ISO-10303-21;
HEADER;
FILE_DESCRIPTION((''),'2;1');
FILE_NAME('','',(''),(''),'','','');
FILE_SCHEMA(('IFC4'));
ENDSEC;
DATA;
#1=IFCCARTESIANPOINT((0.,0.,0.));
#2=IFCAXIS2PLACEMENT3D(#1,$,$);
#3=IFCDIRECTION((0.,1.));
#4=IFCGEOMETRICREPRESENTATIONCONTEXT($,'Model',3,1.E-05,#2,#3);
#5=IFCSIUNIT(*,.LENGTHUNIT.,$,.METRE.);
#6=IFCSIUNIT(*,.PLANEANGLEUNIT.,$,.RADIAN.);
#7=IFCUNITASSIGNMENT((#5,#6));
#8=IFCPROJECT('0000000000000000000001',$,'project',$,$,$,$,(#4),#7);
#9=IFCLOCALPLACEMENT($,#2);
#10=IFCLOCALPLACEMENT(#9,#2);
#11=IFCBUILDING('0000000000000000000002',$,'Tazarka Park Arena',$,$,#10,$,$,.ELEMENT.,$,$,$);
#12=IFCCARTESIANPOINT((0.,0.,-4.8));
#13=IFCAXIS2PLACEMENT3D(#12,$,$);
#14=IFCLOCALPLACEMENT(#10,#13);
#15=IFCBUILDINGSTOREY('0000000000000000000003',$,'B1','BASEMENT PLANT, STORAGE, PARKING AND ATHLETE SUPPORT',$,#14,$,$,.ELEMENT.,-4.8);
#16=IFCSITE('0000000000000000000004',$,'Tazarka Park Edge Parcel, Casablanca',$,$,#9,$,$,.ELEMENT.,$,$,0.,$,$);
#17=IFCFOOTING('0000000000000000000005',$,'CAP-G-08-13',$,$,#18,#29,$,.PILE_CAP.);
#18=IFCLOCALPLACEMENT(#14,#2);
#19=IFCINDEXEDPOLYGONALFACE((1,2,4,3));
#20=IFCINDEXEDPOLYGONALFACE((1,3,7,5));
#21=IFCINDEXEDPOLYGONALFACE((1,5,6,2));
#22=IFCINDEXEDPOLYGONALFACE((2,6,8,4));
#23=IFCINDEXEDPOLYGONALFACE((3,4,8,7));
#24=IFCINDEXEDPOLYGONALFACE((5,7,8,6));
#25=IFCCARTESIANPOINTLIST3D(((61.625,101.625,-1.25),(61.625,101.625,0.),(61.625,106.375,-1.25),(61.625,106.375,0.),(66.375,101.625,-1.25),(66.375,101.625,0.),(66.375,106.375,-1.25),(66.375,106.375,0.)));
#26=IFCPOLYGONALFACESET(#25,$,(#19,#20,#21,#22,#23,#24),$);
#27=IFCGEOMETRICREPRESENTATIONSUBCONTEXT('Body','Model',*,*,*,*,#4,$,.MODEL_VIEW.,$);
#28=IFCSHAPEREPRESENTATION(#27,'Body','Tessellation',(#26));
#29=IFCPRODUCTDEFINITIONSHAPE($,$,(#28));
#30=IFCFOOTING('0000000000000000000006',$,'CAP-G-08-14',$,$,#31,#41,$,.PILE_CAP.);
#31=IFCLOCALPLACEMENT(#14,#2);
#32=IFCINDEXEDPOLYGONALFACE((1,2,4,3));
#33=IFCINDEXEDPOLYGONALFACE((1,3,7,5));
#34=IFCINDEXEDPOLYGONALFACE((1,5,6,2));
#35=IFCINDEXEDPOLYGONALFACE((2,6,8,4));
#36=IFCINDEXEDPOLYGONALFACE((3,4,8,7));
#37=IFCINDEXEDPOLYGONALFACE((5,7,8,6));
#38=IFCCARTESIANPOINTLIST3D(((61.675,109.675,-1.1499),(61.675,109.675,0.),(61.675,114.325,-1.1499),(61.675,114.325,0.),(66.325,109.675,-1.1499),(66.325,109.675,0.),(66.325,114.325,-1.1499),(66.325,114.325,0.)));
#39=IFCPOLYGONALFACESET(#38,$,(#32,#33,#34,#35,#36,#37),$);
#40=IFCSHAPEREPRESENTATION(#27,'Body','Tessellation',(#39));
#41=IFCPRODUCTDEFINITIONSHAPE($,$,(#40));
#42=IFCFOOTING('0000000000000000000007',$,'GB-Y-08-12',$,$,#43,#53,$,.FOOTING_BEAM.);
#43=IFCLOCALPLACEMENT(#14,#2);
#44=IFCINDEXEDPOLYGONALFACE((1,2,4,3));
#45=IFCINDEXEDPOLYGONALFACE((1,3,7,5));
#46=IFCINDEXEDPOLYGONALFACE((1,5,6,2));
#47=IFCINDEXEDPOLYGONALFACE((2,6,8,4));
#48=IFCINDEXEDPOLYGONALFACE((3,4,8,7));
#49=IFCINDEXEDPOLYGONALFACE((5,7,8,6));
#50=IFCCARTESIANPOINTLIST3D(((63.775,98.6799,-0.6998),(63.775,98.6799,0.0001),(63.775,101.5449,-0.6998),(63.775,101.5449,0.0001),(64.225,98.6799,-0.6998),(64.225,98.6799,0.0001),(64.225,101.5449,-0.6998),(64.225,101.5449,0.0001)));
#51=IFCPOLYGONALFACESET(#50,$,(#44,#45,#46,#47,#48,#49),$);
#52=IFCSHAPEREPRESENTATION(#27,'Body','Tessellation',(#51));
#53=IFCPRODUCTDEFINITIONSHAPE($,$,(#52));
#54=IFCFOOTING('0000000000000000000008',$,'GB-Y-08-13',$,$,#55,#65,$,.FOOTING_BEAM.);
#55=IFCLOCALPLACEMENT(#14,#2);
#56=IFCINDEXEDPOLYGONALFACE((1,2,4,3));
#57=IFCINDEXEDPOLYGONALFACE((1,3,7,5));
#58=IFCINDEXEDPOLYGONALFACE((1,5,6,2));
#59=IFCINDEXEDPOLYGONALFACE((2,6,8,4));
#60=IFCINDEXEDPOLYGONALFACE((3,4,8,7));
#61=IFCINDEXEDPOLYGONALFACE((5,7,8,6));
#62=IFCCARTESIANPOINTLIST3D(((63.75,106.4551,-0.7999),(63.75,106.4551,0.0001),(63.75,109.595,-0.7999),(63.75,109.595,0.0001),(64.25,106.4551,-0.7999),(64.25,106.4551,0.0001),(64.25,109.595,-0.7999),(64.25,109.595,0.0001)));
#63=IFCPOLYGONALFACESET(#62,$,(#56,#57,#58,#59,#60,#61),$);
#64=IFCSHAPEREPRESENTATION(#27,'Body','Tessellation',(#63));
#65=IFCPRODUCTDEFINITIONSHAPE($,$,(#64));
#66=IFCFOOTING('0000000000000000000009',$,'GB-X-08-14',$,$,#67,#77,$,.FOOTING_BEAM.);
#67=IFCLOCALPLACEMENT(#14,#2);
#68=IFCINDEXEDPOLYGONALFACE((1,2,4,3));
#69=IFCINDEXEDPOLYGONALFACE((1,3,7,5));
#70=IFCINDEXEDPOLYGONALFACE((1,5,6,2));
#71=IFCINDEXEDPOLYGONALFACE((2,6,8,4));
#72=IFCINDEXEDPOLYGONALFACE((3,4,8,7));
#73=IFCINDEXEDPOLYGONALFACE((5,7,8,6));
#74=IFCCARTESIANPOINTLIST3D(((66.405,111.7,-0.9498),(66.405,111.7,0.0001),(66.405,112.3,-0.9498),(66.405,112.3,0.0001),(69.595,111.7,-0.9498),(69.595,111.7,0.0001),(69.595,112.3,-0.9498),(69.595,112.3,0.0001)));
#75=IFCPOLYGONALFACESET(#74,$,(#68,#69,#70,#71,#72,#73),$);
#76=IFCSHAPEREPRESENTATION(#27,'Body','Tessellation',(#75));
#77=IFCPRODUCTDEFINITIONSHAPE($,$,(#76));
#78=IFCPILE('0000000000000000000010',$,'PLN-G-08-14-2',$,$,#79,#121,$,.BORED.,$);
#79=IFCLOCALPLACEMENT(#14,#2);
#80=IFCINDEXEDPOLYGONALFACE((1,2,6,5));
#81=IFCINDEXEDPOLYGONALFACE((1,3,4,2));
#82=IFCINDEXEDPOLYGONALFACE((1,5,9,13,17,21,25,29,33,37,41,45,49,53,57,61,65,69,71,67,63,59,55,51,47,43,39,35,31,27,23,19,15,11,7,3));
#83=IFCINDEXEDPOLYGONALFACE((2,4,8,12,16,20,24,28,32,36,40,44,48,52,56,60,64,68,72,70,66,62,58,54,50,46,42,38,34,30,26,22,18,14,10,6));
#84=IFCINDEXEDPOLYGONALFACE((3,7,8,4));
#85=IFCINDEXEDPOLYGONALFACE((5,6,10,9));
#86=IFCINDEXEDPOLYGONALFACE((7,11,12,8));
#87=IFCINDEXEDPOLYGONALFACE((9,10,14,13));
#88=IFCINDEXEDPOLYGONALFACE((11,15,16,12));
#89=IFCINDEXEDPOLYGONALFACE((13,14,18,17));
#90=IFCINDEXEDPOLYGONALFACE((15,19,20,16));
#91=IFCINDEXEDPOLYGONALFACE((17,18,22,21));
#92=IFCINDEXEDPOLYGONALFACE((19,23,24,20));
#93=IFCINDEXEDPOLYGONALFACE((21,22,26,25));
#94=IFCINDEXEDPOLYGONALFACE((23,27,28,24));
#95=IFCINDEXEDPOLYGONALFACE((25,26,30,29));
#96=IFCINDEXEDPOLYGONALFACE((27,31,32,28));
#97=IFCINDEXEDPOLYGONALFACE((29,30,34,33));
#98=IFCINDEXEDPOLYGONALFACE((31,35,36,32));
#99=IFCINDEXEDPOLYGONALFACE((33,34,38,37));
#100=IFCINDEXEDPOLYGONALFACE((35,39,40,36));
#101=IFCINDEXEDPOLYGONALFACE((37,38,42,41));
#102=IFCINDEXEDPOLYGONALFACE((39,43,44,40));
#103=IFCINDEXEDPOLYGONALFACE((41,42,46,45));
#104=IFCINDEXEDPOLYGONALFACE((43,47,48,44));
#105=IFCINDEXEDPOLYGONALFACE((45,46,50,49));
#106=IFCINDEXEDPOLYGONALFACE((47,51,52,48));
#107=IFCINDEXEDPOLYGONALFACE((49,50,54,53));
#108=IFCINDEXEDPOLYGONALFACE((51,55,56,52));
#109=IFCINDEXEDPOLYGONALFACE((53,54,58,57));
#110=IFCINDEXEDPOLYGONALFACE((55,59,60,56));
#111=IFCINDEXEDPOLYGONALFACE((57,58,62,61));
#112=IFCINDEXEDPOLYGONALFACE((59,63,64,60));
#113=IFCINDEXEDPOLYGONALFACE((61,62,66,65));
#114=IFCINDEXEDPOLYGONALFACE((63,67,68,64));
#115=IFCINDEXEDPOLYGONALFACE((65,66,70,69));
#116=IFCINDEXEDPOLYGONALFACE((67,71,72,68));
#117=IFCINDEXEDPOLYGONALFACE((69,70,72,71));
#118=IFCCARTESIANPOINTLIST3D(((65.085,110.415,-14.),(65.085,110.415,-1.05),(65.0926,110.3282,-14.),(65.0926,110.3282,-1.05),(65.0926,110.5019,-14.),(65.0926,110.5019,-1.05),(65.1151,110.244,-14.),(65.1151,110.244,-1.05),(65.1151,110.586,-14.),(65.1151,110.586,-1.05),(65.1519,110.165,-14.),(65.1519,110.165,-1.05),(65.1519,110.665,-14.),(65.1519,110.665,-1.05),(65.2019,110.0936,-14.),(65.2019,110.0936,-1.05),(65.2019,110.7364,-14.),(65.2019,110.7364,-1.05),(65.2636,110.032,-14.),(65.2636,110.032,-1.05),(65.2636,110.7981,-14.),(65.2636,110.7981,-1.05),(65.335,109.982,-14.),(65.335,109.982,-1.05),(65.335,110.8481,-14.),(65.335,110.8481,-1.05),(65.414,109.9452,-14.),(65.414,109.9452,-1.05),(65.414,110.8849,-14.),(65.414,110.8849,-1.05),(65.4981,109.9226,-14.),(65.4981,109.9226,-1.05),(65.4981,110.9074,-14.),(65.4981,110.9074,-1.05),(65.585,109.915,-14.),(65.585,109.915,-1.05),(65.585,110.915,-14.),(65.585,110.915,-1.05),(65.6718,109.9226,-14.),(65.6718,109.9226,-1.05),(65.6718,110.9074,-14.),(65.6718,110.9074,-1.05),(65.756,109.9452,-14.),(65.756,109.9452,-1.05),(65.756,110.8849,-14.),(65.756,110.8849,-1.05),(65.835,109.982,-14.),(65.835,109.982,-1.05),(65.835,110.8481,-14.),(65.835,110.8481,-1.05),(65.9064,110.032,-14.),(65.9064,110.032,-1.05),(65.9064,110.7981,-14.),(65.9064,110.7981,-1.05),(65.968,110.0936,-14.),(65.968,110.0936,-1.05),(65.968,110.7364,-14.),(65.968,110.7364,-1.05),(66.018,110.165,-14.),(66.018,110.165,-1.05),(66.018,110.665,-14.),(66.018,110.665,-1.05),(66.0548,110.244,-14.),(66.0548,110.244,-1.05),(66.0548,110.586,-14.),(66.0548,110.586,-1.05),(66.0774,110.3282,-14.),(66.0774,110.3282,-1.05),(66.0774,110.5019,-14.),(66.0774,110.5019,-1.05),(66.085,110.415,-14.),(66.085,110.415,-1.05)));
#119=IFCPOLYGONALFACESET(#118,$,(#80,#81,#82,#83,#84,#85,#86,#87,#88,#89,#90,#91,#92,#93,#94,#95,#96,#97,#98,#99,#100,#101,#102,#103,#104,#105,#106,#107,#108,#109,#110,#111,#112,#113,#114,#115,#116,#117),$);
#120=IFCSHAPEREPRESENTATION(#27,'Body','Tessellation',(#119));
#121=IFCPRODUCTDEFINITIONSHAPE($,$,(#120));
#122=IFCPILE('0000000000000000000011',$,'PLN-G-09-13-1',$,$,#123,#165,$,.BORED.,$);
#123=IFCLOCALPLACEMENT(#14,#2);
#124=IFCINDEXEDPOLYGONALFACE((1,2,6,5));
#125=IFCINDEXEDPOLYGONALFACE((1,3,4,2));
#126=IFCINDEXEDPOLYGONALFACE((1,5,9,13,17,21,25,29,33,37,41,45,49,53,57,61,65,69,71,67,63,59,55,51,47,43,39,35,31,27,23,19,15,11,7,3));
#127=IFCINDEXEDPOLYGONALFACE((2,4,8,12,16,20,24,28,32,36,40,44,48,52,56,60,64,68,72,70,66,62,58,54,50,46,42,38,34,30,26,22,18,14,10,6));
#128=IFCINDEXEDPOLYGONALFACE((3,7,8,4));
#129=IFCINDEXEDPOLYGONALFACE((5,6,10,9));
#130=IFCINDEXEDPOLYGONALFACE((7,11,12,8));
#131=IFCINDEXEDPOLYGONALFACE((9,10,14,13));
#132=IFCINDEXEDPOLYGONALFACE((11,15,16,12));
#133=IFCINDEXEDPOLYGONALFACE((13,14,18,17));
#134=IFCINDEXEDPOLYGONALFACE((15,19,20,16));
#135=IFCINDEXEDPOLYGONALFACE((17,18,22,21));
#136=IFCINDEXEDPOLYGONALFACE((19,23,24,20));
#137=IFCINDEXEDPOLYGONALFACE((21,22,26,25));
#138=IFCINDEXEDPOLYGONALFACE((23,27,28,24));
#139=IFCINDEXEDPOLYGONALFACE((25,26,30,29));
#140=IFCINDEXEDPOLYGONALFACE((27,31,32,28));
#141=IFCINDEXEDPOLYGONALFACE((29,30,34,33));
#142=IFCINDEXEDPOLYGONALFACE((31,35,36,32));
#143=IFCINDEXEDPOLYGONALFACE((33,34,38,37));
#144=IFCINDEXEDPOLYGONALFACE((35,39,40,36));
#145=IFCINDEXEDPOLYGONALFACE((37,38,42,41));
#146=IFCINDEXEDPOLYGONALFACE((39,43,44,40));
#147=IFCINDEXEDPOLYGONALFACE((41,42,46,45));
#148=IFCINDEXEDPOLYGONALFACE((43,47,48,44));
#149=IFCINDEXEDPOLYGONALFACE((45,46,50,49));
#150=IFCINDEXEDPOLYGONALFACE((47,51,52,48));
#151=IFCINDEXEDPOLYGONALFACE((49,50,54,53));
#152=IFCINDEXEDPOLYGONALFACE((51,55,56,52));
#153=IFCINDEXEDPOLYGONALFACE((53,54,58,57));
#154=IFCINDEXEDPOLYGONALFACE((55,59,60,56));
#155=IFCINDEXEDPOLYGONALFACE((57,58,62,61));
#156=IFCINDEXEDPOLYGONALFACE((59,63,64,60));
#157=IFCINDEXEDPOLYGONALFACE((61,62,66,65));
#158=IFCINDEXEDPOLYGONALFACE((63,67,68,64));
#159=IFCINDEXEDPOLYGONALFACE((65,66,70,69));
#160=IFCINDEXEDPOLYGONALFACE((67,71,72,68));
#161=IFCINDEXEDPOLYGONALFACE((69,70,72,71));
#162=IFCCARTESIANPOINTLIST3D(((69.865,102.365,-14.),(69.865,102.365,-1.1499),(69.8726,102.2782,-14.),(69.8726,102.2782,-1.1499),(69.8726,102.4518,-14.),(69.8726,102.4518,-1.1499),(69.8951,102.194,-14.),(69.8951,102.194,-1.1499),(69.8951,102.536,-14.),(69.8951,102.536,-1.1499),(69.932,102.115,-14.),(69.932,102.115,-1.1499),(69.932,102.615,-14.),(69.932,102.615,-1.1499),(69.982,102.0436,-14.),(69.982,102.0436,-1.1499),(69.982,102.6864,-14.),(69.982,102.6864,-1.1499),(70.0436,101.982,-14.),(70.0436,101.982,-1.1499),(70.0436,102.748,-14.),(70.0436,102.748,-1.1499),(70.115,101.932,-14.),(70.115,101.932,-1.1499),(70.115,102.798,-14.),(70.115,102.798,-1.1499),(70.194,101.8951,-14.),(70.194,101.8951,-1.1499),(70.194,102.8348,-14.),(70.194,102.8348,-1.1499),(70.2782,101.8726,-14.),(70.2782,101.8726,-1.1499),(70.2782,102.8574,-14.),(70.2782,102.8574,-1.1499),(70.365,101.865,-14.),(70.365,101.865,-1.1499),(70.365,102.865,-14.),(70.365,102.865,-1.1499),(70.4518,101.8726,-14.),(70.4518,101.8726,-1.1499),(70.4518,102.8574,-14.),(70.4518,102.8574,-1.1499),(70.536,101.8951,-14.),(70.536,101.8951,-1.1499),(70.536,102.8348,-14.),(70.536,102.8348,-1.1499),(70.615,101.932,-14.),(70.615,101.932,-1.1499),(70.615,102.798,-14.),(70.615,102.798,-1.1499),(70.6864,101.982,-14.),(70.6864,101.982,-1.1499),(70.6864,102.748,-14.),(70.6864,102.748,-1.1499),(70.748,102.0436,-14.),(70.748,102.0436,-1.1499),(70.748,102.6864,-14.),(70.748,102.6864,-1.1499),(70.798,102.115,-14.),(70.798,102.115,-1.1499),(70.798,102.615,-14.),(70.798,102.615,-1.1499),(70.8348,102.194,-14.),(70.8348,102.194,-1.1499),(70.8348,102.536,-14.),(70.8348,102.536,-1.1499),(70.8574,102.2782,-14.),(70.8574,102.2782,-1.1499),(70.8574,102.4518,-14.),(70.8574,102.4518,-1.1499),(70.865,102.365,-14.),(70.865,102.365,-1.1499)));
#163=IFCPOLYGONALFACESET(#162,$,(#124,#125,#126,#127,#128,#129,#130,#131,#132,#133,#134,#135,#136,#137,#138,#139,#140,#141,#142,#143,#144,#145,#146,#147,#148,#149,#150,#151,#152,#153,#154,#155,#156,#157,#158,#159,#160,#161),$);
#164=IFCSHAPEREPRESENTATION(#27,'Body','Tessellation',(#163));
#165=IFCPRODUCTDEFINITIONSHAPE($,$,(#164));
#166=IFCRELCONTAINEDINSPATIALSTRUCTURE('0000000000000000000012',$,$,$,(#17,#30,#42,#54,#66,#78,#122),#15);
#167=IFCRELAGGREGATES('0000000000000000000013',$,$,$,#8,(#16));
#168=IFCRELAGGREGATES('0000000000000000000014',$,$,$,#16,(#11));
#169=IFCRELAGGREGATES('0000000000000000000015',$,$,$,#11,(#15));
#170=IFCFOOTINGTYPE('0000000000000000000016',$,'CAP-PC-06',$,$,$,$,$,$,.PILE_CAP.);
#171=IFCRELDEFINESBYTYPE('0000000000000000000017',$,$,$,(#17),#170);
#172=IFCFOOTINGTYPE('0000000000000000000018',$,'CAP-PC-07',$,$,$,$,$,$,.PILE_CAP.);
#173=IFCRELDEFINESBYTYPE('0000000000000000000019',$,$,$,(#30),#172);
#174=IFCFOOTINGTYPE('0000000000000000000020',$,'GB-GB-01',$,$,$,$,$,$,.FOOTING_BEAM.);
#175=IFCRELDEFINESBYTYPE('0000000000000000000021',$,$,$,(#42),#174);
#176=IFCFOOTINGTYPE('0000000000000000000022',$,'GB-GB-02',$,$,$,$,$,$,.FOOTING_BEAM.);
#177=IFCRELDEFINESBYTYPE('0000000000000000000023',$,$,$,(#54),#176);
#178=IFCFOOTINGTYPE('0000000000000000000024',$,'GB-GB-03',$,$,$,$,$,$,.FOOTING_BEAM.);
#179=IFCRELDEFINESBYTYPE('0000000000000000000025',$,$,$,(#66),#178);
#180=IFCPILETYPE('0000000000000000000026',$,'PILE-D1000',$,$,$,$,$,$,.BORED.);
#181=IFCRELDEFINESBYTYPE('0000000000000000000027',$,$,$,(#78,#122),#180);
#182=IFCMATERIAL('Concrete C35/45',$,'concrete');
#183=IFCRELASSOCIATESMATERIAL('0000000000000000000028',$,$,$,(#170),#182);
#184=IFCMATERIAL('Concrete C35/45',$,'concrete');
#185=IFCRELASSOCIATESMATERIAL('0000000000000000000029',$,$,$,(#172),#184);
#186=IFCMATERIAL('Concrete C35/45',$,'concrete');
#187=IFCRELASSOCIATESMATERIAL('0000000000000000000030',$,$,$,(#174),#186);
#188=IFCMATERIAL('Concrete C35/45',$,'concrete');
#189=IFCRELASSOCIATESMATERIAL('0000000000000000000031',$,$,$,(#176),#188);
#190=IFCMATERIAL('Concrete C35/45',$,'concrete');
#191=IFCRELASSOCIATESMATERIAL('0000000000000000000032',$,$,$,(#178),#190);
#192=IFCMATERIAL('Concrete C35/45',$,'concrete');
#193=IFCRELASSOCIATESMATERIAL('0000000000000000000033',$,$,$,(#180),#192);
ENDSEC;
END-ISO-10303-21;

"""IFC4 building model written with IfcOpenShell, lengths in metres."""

from ifc_helpers import new_model, si_unit, direction, frame, origin, origin_2d, place, context, subcontext, project, spatial, rectangle, circle, extrude, material, material_profile, profile_set, type_object, element, save


model = new_model("IFC4")

# Units and contexts
model_context = context("Model", 3, precision=1e-05, world=origin(), true_north=direction((0.0, 1.0)))
body_context = subcontext(model_context, "Body", "Model", "MODEL_VIEW")
ifc_project = project(units=[si_unit("LENGTHUNIT", "METRE"), si_unit("PLANEANGLEUNIT", "RADIAN")], contexts=[model_context])

# Site, building, storey
site_placement = place(None, origin())
site = spatial("IfcSite", under=ifc_project, at=site_placement, Name="Tazarka Park Edge Parcel, Casablanca", CompositionType="ELEMENT", RefElevation=0.0)
building_placement = place(site_placement, origin())
building = spatial("IfcBuilding", under=site, at=building_placement, Name="Tazarka Park Arena", CompositionType="ELEMENT")
storey_placement = place(building_placement, frame((0.0, 0.0, -4.8)))
storey = spatial("IfcBuildingStorey", under=building, at=storey_placement, Name="B1", Description="BASEMENT PLANT, STORAGE, PARKING AND ATHLETE SUPPORT", CompositionType="ELEMENT", Elevation=-4.8)

# Footings
ifc_material_1 = material(Name="Concrete C35/45", Category="concrete")
footing_type_1 = type_object("IfcFootingType", Name="CAP-PC-06", PredefinedType="PILE_CAP", material=ifc_material_1)
footing_1_placement = place(storey_placement, frame((64.0, 104.0, -1.25), z_axis=(0.0, 0.0, 1.0), x_axis=(1.0, 0.0, 0.0)))
element("IfcFooting", 1, at=footing_1_placement, inside=storey, type_object=footing_type_1, Name="CAP-G-08-13", PredefinedType="PILE_CAP", context=body_context, shape_type="SweptSolid", body=[
    extrude(rectangle(XDim=4.75, YDim=4.75, at=origin_2d()), origin(), (0.0, 0.0, 1.0), 1.25),
])
ifc_material_2 = material(Name="Concrete C35/45", Category="concrete")
footing_type_2 = type_object("IfcFootingType", Name="CAP-PC-07", PredefinedType="PILE_CAP", material=ifc_material_2)
footing_2_placement = place(storey_placement, frame((64.0, 112.0, -1.1499), z_axis=(0.0, 0.0, 1.0), x_axis=(1.0, 0.0, 0.0)))
element("IfcFooting", 2, at=footing_2_placement, inside=storey, type_object=footing_type_2, Name="CAP-G-08-14", PredefinedType="PILE_CAP", context=body_context, shape_type="SweptSolid", body=[
    extrude(rectangle(XDim=4.6499, YDim=4.6499, at=origin_2d()), origin(), (0.0, 0.0, 1.0), 1.1499),
])
ifc_material_3 = material(Name="Concrete C35/45", Category="concrete")
ifc_material_profile_1 = material_profile(ifc_material_3, rectangle(XDim=0.45, YDim=0.7, at=origin_2d()), Name="Concrete C35/45")
ifc_profile_set_1 = profile_set([ifc_material_profile_1], Name="Concrete C35/45")
footing_type_3 = type_object("IfcFootingType", Name="GB-GB-01", PredefinedType="FOOTING_BEAM", material=ifc_profile_set_1)
footing_3_placement = place(storey_placement, frame((64.0, 98.6799, -0.3499), z_axis=(0.0, 1.0, 0.0), x_axis=(-1.0, 0.0, 0.0)))
element("IfcFooting", 3, at=footing_3_placement, inside=storey, type_object=footing_type_3, Name="GB-Y-08-12", PredefinedType="FOOTING_BEAM", context=body_context, shape_type="SweptSolid", body=[
    extrude(rectangle(XDim=0.45, YDim=0.7, at=origin_2d()), origin(), (0.0, 0.0, 1.0), 2.865),
])
ifc_material_4 = material(Name="Concrete C35/45", Category="concrete")
ifc_material_profile_2 = material_profile(ifc_material_4, rectangle(XDim=0.5, YDim=0.8, at=origin_2d()), Name="Concrete C35/45")
ifc_profile_set_2 = profile_set([ifc_material_profile_2], Name="Concrete C35/45")
footing_type_4 = type_object("IfcFootingType", Name="GB-GB-02", PredefinedType="FOOTING_BEAM", material=ifc_profile_set_2)
footing_4_placement = place(storey_placement, frame((64.0, 106.4551, -0.3999), z_axis=(0.0, 1.0, 0.0), x_axis=(-1.0, 0.0, 0.0)))
element("IfcFooting", 4, at=footing_4_placement, inside=storey, type_object=footing_type_4, Name="GB-Y-08-13", PredefinedType="FOOTING_BEAM", context=body_context, shape_type="SweptSolid", body=[
    extrude(rectangle(XDim=0.5, YDim=0.8, at=origin_2d()), origin(), (0.0, 0.0, 1.0), 3.1399),
])
ifc_material_5 = material(Name="Concrete C35/45", Category="concrete")
ifc_material_profile_3 = material_profile(ifc_material_5, rectangle(XDim=0.6001, YDim=0.95, at=origin_2d()), Name="Concrete C35/45")
ifc_profile_set_3 = profile_set([ifc_material_profile_3], Name="Concrete C35/45")
footing_type_5 = type_object("IfcFootingType", Name="GB-GB-03", PredefinedType="FOOTING_BEAM", material=ifc_profile_set_3)
footing_5_placement = place(storey_placement, frame((66.405, 112.0, -0.4749), z_axis=(1.0, 0.0, 0.0), x_axis=(0.0, 1.0, 0.0)))
element("IfcFooting", 5, at=footing_5_placement, inside=storey, type_object=footing_type_5, Name="GB-X-08-14", PredefinedType="FOOTING_BEAM", context=body_context, shape_type="SweptSolid", body=[
    extrude(rectangle(XDim=0.6001, YDim=0.95, at=origin_2d()), origin(), (0.0, 0.0, 1.0), 3.1899),
])

# Piles
ifc_material_6 = material(Name="Concrete C35/45", Category="concrete")
ifc_material_profile_4 = material_profile(ifc_material_6, circle(Radius=0.5, at=origin_2d()), Name="Concrete C35/45")
ifc_profile_set_4 = profile_set([ifc_material_profile_4], Name="Concrete C35/45")
pile_type_1 = type_object("IfcPileType", Name="PILE-D1000", PredefinedType="BORED", material=ifc_profile_set_4)
pile_1_placement = place(storey_placement, frame((65.585, 110.415, -1.05), z_axis=(0.0, 0.0, -1.0), x_axis=(1.0, 0.0, 0.0)))
element("IfcPile", 6, at=pile_1_placement, inside=storey, type_object=pile_type_1, Name="PLN-G-08-14-2", PredefinedType="BORED", context=body_context, shape_type="SweptSolid", body=[
    extrude(circle(Radius=0.5, at=origin_2d()), origin(), (0.0, 0.0, 1.0), 12.95),
])
pile_2_placement = place(storey_placement, frame((70.365, 102.365, -1.1499), z_axis=(0.0, 0.0, -1.0), x_axis=(1.0, 0.0, 0.0)))
element("IfcPile", 7, at=pile_2_placement, inside=storey, type_object=pile_type_1, Name="PLN-G-09-13-1", PredefinedType="BORED", context=body_context, shape_type="SweptSolid", body=[
    extrude(circle(Radius=0.5, at=origin_2d()), origin(), (0.0, 0.0, 1.0), 12.8501),
])

save(model, "model.ifc")
